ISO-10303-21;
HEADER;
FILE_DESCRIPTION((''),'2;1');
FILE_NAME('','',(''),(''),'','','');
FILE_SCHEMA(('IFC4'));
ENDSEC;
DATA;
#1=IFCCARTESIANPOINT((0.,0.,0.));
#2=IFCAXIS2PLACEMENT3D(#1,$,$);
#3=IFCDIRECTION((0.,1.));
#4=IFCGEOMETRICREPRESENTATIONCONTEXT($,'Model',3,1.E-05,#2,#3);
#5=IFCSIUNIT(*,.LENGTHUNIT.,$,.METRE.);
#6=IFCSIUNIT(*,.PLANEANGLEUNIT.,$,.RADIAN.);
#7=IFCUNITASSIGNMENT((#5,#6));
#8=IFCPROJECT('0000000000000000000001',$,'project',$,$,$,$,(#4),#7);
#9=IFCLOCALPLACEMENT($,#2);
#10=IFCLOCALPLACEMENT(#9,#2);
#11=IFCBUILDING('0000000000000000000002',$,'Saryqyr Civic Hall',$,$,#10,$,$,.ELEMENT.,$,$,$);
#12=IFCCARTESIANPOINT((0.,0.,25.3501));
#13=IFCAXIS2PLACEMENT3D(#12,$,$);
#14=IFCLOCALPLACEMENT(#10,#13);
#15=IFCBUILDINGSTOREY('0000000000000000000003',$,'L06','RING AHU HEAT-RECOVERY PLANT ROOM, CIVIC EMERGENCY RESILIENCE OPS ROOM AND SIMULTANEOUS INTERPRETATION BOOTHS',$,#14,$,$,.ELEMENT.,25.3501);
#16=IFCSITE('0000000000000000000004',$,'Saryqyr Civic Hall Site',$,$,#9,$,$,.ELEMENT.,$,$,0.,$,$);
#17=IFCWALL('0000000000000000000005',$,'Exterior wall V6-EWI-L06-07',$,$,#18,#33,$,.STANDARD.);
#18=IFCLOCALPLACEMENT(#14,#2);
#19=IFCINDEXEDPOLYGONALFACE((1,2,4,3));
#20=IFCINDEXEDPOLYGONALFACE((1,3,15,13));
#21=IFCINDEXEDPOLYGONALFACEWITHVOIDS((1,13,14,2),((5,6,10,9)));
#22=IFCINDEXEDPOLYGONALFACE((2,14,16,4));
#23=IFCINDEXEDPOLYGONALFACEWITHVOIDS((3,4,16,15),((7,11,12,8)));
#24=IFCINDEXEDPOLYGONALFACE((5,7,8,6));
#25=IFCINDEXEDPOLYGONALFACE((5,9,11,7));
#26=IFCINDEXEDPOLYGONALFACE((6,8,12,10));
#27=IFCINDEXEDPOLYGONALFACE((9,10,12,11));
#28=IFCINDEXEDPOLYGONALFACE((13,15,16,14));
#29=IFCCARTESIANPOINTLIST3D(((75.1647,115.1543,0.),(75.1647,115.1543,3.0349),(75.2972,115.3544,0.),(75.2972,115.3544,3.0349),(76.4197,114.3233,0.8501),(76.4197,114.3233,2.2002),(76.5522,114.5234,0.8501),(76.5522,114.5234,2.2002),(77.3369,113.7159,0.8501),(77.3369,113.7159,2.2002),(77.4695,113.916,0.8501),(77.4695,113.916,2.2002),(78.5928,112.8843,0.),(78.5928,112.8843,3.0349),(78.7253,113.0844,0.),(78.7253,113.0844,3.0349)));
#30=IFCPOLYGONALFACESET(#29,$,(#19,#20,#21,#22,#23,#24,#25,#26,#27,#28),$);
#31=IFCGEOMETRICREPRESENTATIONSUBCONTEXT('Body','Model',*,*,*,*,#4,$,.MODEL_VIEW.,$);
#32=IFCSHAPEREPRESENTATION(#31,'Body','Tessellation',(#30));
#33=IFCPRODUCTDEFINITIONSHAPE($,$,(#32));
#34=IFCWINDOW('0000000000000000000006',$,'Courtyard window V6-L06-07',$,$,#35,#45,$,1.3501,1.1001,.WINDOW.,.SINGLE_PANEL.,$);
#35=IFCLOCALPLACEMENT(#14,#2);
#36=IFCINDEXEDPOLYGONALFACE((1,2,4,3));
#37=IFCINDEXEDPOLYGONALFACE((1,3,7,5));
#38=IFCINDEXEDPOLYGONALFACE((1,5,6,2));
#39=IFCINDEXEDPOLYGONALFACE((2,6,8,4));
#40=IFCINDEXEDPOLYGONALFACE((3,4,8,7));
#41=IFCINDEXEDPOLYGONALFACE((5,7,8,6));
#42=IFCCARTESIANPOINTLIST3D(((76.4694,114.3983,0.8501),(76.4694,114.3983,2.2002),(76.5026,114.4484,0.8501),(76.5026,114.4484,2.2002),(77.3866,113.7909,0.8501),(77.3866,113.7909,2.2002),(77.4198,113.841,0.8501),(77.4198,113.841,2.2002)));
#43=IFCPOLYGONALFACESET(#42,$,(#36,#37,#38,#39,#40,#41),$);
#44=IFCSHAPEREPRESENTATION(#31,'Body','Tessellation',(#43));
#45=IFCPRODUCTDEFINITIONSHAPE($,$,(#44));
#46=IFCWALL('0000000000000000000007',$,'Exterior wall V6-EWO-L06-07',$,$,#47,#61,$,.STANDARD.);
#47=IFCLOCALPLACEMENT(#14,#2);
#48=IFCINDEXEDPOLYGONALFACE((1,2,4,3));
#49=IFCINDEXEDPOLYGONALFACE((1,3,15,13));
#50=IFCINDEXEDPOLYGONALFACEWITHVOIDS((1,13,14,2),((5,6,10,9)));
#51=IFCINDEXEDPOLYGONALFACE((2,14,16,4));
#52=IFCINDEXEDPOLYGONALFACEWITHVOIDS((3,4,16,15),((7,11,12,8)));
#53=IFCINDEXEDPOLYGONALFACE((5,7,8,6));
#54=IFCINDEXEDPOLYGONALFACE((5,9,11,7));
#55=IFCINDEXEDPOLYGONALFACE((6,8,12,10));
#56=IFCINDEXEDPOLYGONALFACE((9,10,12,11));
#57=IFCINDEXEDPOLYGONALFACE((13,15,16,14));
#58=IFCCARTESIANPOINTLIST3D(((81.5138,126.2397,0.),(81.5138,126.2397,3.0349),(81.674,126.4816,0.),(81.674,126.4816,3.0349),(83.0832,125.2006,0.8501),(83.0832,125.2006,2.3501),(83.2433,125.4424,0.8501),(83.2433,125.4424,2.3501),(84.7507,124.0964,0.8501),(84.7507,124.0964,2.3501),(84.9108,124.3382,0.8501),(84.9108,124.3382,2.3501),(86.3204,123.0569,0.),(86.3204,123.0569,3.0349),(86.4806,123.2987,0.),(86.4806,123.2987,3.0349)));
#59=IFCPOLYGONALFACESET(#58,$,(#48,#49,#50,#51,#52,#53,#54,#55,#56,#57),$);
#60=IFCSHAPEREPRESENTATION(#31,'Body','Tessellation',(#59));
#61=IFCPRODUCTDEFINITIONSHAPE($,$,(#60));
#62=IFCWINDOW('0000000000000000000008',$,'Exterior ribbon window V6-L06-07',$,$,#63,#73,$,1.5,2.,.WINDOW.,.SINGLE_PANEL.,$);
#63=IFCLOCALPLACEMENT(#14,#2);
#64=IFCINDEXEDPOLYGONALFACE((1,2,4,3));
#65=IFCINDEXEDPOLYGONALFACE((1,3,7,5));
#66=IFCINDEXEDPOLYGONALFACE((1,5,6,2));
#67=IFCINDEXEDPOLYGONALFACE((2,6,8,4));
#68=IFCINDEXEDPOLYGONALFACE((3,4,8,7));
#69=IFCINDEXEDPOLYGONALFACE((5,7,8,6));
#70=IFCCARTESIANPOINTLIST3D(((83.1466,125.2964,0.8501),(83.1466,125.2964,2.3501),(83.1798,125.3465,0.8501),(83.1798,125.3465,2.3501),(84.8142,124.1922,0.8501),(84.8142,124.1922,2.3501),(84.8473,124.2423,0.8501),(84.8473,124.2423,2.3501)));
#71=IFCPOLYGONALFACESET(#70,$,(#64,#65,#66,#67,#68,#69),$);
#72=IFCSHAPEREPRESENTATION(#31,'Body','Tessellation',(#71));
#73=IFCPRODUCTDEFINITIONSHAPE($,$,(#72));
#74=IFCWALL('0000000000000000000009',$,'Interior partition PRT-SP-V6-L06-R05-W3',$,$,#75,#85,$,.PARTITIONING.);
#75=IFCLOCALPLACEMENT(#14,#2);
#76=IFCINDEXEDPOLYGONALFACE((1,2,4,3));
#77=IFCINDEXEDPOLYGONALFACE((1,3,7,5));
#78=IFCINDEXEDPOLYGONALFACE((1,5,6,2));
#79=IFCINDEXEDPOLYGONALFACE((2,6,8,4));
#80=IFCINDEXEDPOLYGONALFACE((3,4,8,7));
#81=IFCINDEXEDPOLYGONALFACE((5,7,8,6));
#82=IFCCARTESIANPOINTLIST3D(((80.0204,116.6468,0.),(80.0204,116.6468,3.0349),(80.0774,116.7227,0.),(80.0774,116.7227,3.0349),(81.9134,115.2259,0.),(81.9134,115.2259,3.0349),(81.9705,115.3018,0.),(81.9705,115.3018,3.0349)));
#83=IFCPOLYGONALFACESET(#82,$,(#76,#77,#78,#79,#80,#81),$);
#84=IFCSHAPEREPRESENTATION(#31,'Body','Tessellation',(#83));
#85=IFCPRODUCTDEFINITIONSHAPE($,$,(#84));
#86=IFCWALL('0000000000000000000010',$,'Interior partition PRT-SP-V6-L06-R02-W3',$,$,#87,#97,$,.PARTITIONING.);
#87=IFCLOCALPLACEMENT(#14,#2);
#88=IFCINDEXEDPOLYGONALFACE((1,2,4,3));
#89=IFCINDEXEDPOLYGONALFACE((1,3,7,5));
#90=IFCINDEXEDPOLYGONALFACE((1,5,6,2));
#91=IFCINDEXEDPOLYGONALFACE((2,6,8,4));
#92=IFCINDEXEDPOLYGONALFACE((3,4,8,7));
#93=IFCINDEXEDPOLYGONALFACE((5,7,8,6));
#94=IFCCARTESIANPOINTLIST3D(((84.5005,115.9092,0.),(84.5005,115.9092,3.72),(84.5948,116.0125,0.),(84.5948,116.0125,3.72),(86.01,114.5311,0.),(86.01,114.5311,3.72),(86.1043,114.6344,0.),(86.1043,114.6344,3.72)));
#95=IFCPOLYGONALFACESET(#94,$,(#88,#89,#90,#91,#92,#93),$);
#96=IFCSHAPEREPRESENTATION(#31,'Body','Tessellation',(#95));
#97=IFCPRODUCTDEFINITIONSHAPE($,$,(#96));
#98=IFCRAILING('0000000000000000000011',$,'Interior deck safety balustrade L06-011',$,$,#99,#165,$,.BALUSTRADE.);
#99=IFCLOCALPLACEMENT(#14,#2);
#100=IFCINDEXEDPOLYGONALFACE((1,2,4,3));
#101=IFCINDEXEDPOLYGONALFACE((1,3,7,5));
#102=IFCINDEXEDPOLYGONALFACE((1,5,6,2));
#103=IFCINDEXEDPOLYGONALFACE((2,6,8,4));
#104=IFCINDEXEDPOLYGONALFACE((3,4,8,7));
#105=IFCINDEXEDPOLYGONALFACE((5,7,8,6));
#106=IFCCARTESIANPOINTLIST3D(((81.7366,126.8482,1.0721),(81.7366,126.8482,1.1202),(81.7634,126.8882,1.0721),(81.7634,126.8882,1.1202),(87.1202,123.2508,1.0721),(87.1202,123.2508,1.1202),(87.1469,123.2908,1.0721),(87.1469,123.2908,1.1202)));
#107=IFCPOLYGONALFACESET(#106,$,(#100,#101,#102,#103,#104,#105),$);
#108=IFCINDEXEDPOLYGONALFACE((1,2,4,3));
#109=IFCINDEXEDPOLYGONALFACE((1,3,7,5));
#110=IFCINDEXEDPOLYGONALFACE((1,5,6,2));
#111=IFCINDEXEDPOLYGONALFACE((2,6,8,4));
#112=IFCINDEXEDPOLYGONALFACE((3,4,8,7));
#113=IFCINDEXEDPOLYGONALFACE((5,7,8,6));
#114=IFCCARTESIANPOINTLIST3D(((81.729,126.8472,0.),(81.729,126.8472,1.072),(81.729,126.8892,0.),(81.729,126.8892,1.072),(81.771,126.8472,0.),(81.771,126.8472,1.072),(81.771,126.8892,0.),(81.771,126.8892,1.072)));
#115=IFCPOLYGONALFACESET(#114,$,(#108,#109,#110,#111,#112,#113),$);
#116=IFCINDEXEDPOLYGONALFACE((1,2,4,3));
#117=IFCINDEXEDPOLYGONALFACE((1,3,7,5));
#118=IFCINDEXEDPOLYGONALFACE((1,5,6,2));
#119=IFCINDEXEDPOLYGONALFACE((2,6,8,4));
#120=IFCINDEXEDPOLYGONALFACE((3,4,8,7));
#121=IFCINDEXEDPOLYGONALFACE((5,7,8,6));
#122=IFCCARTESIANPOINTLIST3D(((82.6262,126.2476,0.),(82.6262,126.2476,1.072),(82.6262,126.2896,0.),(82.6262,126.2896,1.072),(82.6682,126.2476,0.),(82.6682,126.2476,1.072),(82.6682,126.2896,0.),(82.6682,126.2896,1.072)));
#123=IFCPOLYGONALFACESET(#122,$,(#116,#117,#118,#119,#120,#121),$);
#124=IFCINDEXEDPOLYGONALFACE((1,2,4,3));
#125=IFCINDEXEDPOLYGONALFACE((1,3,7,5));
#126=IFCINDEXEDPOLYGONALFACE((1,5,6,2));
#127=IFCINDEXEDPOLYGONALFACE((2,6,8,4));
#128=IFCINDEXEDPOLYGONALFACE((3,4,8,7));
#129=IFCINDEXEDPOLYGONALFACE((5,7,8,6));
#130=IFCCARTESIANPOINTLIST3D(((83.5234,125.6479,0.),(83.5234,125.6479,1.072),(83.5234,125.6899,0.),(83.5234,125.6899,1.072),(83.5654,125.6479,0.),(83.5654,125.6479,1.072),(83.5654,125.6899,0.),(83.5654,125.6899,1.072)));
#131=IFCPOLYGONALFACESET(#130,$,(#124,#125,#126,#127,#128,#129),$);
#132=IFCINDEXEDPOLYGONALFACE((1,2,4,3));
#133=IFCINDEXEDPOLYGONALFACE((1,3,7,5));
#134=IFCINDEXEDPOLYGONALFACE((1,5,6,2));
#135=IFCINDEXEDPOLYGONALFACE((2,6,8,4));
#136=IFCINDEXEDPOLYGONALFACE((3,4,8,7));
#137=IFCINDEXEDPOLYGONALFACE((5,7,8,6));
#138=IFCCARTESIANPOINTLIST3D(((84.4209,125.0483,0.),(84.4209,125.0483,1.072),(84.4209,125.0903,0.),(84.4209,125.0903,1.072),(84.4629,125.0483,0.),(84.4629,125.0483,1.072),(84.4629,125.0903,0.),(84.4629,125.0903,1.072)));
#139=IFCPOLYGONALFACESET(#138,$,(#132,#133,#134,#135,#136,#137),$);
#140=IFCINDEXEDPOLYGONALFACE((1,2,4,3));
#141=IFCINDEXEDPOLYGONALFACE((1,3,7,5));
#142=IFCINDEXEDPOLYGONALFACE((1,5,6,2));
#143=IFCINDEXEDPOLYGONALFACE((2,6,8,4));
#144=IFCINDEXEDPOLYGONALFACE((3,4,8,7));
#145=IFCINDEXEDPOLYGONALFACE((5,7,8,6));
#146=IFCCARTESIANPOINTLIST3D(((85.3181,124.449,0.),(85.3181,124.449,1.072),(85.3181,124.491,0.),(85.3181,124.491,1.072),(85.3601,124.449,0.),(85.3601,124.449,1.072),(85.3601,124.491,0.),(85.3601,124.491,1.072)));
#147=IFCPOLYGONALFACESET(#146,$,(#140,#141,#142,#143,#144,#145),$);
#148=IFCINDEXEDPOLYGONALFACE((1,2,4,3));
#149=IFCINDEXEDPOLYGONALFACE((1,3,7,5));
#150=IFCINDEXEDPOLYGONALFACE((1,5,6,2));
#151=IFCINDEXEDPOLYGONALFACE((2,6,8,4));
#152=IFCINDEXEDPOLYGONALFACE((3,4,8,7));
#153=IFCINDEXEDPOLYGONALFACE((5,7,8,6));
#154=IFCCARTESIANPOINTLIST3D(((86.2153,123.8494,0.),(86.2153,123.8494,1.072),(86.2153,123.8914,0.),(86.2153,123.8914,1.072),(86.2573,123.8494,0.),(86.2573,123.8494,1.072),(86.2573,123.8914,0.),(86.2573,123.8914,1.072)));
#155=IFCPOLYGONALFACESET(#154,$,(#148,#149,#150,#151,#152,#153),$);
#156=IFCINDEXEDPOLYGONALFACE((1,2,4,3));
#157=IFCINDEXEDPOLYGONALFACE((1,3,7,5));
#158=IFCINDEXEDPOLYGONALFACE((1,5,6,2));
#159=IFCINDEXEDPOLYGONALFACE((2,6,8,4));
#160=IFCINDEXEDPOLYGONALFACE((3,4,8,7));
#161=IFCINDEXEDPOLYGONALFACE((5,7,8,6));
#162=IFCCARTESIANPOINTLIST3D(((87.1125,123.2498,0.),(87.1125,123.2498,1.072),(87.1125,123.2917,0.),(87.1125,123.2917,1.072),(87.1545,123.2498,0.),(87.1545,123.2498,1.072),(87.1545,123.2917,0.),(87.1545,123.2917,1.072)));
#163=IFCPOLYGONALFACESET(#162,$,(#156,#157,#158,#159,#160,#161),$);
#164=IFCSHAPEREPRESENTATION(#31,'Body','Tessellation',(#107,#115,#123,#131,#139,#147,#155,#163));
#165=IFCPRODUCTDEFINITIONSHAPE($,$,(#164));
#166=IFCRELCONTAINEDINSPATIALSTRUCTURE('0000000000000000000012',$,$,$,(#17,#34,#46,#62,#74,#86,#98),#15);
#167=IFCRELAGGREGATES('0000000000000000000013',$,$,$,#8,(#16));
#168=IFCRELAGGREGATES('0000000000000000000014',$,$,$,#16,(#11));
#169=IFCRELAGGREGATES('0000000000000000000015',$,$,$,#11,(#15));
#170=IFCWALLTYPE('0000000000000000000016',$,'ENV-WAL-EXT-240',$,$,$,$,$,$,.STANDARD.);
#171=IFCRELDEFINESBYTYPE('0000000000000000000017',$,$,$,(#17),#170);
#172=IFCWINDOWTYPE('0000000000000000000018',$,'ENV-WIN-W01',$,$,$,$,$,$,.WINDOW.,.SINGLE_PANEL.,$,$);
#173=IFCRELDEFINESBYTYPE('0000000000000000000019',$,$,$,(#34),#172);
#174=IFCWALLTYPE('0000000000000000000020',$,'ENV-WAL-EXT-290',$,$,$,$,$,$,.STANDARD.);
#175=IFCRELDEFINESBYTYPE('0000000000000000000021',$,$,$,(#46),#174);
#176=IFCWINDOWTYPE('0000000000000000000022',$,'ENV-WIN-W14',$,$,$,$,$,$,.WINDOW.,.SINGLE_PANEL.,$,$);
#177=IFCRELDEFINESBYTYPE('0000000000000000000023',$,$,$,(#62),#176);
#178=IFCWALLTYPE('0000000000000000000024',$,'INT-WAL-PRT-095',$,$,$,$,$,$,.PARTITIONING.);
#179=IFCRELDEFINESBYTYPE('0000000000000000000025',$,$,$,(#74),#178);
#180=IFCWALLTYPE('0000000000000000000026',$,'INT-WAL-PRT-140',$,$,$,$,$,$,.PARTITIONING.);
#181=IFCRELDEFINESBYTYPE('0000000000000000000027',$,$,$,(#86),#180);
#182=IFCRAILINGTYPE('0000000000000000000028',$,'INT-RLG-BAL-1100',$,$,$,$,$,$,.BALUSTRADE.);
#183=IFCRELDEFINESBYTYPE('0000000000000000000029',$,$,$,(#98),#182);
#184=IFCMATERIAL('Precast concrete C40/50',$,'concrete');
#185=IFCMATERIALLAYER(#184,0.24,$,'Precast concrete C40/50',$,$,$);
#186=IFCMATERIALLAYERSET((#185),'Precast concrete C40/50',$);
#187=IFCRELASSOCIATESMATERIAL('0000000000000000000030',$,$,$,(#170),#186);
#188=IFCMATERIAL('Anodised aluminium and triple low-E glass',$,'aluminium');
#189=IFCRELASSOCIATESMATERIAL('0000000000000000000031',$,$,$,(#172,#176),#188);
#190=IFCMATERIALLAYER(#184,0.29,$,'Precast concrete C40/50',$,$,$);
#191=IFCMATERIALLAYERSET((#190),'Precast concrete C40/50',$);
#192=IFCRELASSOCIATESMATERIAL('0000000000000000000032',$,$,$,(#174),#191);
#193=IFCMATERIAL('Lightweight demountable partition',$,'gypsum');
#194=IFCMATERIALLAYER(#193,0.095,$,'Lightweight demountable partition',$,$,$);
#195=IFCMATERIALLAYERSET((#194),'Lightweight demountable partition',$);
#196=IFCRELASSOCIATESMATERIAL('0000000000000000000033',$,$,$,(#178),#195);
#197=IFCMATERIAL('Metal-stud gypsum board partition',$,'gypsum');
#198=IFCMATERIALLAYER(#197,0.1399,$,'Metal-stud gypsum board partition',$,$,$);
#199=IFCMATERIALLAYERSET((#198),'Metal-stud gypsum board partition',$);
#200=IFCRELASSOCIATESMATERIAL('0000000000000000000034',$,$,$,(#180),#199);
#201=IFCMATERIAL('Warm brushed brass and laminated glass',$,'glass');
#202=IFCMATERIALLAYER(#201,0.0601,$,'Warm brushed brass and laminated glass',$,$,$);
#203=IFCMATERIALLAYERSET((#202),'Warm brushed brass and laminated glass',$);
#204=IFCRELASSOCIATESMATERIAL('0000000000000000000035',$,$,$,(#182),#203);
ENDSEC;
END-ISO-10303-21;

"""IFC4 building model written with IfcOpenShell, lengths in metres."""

from ifc_helpers import new_model, si_unit, direction, frame, frame_2d, origin, origin_2d, place, context, subcontext, project, spatial, rectangle, extrude, material, layer, layer_set, type_object, element, fill, save


model = new_model("IFC4")

# Units and contexts
model_context = context("Model", 3, precision=1e-05, world=origin(), true_north=direction((0.0, 1.0)))
body_context = subcontext(model_context, "Body", "Model", "MODEL_VIEW")
ifc_project = project(units=[si_unit("LENGTHUNIT", "METRE"), si_unit("PLANEANGLEUNIT", "RADIAN")], contexts=[model_context])

# Site, building, storey
site_placement = place(None, origin())
site = spatial("IfcSite", under=ifc_project, at=site_placement, Name="Saryqyr Civic Hall Site", CompositionType="ELEMENT", RefElevation=0.0)
building_placement = place(site_placement, origin())
building = spatial("IfcBuilding", under=site, at=building_placement, Name="Saryqyr Civic Hall", CompositionType="ELEMENT")
storey_placement = place(building_placement, frame((0.0, 0.0, 25.3501)))
storey = spatial("IfcBuildingStorey", under=building, at=storey_placement, Name="L06", Description="RING AHU HEAT-RECOVERY PLANT ROOM, CIVIC EMERGENCY RESILIENCE OPS ROOM AND SIMULTANEOUS INTERPRETATION BOOTHS", CompositionType="ELEMENT", Elevation=25.3501)

# Shared definitions
ifc_material_1 = material(Name="Anodised aluminium and triple low-E glass", Category="aluminium")

# Shared definitions
ifc_material_2 = material(Name="Precast concrete C40/50", Category="concrete")

# Walls, openings, windows
ifc_layer_1 = layer(ifc_material_2, 0.24, Name="Precast concrete C40/50")
ifc_layer_set_1 = layer_set([ifc_layer_1], Name="Precast concrete C40/50")
wall_type_1 = type_object("IfcWallType", Name="ENV-WAL-EXT-240", PredefinedType="STANDARD", material=ifc_layer_set_1)
wall_1_placement = place(storey_placement, frame((78.6589, 112.9844, 0.0), z_axis=(0.0, 0.0, 1.0), x_axis=(-0.833764, 0.552121, 0.0)))
wall_1 = element("IfcWall", 1, at=wall_1_placement, inside=storey, type_object=wall_type_1, Name="Exterior wall V6-EWI-L06-07", PredefinedType="STANDARD", context=body_context, shape_type="SweptSolid", body=[
    extrude(rectangle(XDim=4.1116, YDim=0.24, at=frame_2d((2.0557, 0.0))), origin(), (0.0, 0.0, 1.0), 3.0349),
])
opening_1_placement = place(wall_1_placement, frame((1.5061, 0.0, 0.8501)))
opening_1 = element("IfcOpeningElement", 2, at=opening_1_placement, cuts=wall_1, PredefinedType="OPENING", context=body_context, shape_type="SweptSolid", body=[
    extrude(rectangle(XDim=1.1001, YDim=1.3501, at=frame_2d((0.55, 0.675))), frame((0.0, 0.1299, 0.0), z_axis=(0.0, -1.0, 0.0), x_axis=(1.0, 0.0, 0.0)), (0.0, 0.0, 1.0), 0.26),
])
window_type_1 = type_object("IfcWindowType", Name="ENV-WIN-W01", PartitioningType="SINGLE_PANEL", PredefinedType="WINDOW", material=ifc_material_1)
window_1_placement = place(opening_1_placement, origin())
window_1 = element("IfcWindow", 3, at=window_1_placement, inside=storey, type_object=window_type_1, Name="Courtyard window V6-L06-07", OverallHeight=1.3501, OverallWidth=1.1001, PartitioningType="SINGLE_PANEL", PredefinedType="WINDOW", context=body_context, shape_type="SweptSolid", body=[
    extrude(rectangle(XDim=1.1001, YDim=1.3501, at=frame_2d((0.55, 0.675))), frame((0.0, 0.03, 0.0), z_axis=(0.0, -1.0, 0.0), x_axis=(1.0, 0.0, 0.0)), (0.0, 0.0, 1.0), 0.0601),
])
fill(opening_1, window_1)
ifc_layer_2 = layer(ifc_material_2, 0.29, Name="Precast concrete C40/50")
ifc_layer_set_2 = layer_set([ifc_layer_2], Name="Precast concrete C40/50")
wall_type_2 = type_object("IfcWallType", Name="ENV-WAL-EXT-290", PredefinedType="STANDARD", material=ifc_layer_set_2)
wall_2_placement = place(storey_placement, frame((81.594, 126.3606, 0.0), z_axis=(0.0, 0.0, 1.0), x_axis=(0.833773, -0.552108, 0.0)))
wall_2 = element("IfcWall", 4, at=wall_2_placement, inside=storey, type_object=wall_type_2, Name="Exterior wall V6-EWO-L06-07", PredefinedType="STANDARD", context=body_context, shape_type="SweptSolid", body=[
    extrude(rectangle(XDim=5.7649, YDim=0.29, at=frame_2d((2.8823, 0.0))), origin(), (0.0, 0.0, 1.0), 3.0349),
])
opening_2_placement = place(wall_2_placement, frame((1.8821, 0.0, 0.8501)))
opening_2 = element("IfcOpeningElement", 5, at=opening_2_placement, cuts=wall_2, PredefinedType="OPENING", context=body_context, shape_type="SweptSolid", body=[
    extrude(rectangle(XDim=2.0, YDim=1.5, at=frame_2d((1.0, 0.75))), frame((0.0, 0.155, 0.0), z_axis=(0.0, -1.0, 0.0), x_axis=(1.0, 0.0, 0.0)), (0.0, 0.0, 1.0), 0.3101),
])
window_type_2 = type_object("IfcWindowType", Name="ENV-WIN-W14", PartitioningType="SINGLE_PANEL", PredefinedType="WINDOW", material=ifc_material_1)
window_2_placement = place(opening_2_placement, origin())
window_2 = element("IfcWindow", 6, at=window_2_placement, inside=storey, type_object=window_type_2, Name="Exterior ribbon window V6-L06-07", OverallHeight=1.5, OverallWidth=2.0, PartitioningType="SINGLE_PANEL", PredefinedType="WINDOW", context=body_context, shape_type="SweptSolid", body=[
    extrude(rectangle(XDim=2.0, YDim=1.5, at=frame_2d((1.0, 0.75))), frame((0.0, 0.03, 0.0), z_axis=(0.0, -1.0, 0.0), x_axis=(1.0, 0.0, 0.0)), (0.0, 0.0, 1.0), 0.0601),
])
fill(opening_2, window_2)

# Walls
ifc_material_3 = material(Name="Lightweight demountable partition", Category="gypsum")
ifc_layer_3 = layer(ifc_material_3, 0.095, Name="Lightweight demountable partition")
ifc_layer_set_3 = layer_set([ifc_layer_3], Name="Lightweight demountable partition")
wall_type_3 = type_object("IfcWallType", Name="INT-WAL-PRT-095", PredefinedType="PARTITIONING", material=ifc_layer_set_3)
wall_3_placement = place(storey_placement, frame((80.0488, 116.6848, 0.0), z_axis=(0.0, 0.0, 1.0), x_axis=(0.799777, -0.600297, 0.0)))
element("IfcWall", 7, at=wall_3_placement, inside=storey, type_object=wall_type_3, Name="Interior partition PRT-SP-V6-L06-R05-W3", PredefinedType="PARTITIONING", context=body_context, shape_type="SweptSolid", body=[
    extrude(rectangle(XDim=2.3669, YDim=0.095, at=frame_2d((1.1836, 0.0))), origin(), (0.0, 0.0, 1.0), 3.0349),
])
ifc_material_4 = material(Name="Metal-stud gypsum board partition", Category="gypsum")
ifc_layer_4 = layer(ifc_material_4, 0.1399, Name="Metal-stud gypsum board partition")
ifc_layer_set_4 = layer_set([ifc_layer_4], Name="Metal-stud gypsum board partition")
wall_type_4 = type_object("IfcWallType", Name="INT-WAL-PRT-140", PredefinedType="PARTITIONING", material=ifc_layer_set_4)
wall_4_placement = place(storey_placement, frame((86.0571, 114.5828, 0.0), z_axis=(0.0, 0.0, 1.0), x_axis=(-0.738506, 0.674247, 0.0)))
element("IfcWall", 8, at=wall_4_placement, inside=storey, type_object=wall_type_4, Name="Interior partition PRT-SP-V6-L06-R02-W3", PredefinedType="PARTITIONING", context=body_context, shape_type="SweptSolid", body=[
    extrude(rectangle(XDim=2.0439, YDim=0.1399, at=frame_2d((1.022, 0.0))), origin(), (0.0, 0.0, 1.0), 3.72),
])

# Railing
ifc_material_5 = material(Name="Warm brushed brass and laminated glass", Category="glass")
ifc_layer_5 = layer(ifc_material_5, 0.0601, Name="Warm brushed brass and laminated glass")
ifc_layer_set_5 = layer_set([ifc_layer_5], Name="Warm brushed brass and laminated glass")
railing_type = type_object("IfcRailingType", Name="INT-RLG-BAL-1100", PredefinedType="BALUSTRADE", material=ifc_layer_set_5)
railing_placement = place(storey_placement, frame((81.75, 126.8682, 0.0)))
element("IfcRailing", 9, at=railing_placement, inside=storey, type_object=railing_type, Name="Interior deck safety balustrade L06-011", PredefinedType="BALUSTRADE", context=body_context, shape_type="SweptSolid", body=[
    extrude(rectangle(XDim=0.0481, YDim=0.0481, at=origin_2d()), frame((0.0, 0.0, 1.0962), z_axis=(0.831452, -0.555596, 0.0), x_axis=(0.555596, 0.831452, 0.0)), (0.0, 0.0, 1.0), 6.4749),
    extrude(rectangle(XDim=0.042, YDim=0.042, at=origin_2d()), origin(), (0.0, 0.0, 1.0), 1.072),
    extrude(rectangle(XDim=0.042, YDim=0.042, at=origin_2d()), frame((0.8972, -0.5996, 0.0)), (0.0, 0.0, 1.0), 1.072),
    extrude(rectangle(XDim=0.042, YDim=0.042, at=origin_2d()), frame((1.7944, -1.1992, 0.0)), (0.0, 0.0, 1.0), 1.072),
    extrude(rectangle(XDim=0.042, YDim=0.042, at=origin_2d()), frame((2.6919, -1.7988, 0.0)), (0.0, 0.0, 1.0), 1.072),
    extrude(rectangle(XDim=0.042, YDim=0.042, at=origin_2d()), frame((3.5891, -2.3982, 0.0)), (0.0, 0.0, 1.0), 1.072),
    extrude(rectangle(XDim=0.042, YDim=0.042, at=origin_2d()), frame((4.4863, -2.9978, 0.0)), (0.0, 0.0, 1.0), 1.072),
    extrude(rectangle(XDim=0.042, YDim=0.042, at=origin_2d()), frame((5.3835, -3.5974, 0.0)), (0.0, 0.0, 1.0), 1.072),
])

save(model, "model.ifc")
